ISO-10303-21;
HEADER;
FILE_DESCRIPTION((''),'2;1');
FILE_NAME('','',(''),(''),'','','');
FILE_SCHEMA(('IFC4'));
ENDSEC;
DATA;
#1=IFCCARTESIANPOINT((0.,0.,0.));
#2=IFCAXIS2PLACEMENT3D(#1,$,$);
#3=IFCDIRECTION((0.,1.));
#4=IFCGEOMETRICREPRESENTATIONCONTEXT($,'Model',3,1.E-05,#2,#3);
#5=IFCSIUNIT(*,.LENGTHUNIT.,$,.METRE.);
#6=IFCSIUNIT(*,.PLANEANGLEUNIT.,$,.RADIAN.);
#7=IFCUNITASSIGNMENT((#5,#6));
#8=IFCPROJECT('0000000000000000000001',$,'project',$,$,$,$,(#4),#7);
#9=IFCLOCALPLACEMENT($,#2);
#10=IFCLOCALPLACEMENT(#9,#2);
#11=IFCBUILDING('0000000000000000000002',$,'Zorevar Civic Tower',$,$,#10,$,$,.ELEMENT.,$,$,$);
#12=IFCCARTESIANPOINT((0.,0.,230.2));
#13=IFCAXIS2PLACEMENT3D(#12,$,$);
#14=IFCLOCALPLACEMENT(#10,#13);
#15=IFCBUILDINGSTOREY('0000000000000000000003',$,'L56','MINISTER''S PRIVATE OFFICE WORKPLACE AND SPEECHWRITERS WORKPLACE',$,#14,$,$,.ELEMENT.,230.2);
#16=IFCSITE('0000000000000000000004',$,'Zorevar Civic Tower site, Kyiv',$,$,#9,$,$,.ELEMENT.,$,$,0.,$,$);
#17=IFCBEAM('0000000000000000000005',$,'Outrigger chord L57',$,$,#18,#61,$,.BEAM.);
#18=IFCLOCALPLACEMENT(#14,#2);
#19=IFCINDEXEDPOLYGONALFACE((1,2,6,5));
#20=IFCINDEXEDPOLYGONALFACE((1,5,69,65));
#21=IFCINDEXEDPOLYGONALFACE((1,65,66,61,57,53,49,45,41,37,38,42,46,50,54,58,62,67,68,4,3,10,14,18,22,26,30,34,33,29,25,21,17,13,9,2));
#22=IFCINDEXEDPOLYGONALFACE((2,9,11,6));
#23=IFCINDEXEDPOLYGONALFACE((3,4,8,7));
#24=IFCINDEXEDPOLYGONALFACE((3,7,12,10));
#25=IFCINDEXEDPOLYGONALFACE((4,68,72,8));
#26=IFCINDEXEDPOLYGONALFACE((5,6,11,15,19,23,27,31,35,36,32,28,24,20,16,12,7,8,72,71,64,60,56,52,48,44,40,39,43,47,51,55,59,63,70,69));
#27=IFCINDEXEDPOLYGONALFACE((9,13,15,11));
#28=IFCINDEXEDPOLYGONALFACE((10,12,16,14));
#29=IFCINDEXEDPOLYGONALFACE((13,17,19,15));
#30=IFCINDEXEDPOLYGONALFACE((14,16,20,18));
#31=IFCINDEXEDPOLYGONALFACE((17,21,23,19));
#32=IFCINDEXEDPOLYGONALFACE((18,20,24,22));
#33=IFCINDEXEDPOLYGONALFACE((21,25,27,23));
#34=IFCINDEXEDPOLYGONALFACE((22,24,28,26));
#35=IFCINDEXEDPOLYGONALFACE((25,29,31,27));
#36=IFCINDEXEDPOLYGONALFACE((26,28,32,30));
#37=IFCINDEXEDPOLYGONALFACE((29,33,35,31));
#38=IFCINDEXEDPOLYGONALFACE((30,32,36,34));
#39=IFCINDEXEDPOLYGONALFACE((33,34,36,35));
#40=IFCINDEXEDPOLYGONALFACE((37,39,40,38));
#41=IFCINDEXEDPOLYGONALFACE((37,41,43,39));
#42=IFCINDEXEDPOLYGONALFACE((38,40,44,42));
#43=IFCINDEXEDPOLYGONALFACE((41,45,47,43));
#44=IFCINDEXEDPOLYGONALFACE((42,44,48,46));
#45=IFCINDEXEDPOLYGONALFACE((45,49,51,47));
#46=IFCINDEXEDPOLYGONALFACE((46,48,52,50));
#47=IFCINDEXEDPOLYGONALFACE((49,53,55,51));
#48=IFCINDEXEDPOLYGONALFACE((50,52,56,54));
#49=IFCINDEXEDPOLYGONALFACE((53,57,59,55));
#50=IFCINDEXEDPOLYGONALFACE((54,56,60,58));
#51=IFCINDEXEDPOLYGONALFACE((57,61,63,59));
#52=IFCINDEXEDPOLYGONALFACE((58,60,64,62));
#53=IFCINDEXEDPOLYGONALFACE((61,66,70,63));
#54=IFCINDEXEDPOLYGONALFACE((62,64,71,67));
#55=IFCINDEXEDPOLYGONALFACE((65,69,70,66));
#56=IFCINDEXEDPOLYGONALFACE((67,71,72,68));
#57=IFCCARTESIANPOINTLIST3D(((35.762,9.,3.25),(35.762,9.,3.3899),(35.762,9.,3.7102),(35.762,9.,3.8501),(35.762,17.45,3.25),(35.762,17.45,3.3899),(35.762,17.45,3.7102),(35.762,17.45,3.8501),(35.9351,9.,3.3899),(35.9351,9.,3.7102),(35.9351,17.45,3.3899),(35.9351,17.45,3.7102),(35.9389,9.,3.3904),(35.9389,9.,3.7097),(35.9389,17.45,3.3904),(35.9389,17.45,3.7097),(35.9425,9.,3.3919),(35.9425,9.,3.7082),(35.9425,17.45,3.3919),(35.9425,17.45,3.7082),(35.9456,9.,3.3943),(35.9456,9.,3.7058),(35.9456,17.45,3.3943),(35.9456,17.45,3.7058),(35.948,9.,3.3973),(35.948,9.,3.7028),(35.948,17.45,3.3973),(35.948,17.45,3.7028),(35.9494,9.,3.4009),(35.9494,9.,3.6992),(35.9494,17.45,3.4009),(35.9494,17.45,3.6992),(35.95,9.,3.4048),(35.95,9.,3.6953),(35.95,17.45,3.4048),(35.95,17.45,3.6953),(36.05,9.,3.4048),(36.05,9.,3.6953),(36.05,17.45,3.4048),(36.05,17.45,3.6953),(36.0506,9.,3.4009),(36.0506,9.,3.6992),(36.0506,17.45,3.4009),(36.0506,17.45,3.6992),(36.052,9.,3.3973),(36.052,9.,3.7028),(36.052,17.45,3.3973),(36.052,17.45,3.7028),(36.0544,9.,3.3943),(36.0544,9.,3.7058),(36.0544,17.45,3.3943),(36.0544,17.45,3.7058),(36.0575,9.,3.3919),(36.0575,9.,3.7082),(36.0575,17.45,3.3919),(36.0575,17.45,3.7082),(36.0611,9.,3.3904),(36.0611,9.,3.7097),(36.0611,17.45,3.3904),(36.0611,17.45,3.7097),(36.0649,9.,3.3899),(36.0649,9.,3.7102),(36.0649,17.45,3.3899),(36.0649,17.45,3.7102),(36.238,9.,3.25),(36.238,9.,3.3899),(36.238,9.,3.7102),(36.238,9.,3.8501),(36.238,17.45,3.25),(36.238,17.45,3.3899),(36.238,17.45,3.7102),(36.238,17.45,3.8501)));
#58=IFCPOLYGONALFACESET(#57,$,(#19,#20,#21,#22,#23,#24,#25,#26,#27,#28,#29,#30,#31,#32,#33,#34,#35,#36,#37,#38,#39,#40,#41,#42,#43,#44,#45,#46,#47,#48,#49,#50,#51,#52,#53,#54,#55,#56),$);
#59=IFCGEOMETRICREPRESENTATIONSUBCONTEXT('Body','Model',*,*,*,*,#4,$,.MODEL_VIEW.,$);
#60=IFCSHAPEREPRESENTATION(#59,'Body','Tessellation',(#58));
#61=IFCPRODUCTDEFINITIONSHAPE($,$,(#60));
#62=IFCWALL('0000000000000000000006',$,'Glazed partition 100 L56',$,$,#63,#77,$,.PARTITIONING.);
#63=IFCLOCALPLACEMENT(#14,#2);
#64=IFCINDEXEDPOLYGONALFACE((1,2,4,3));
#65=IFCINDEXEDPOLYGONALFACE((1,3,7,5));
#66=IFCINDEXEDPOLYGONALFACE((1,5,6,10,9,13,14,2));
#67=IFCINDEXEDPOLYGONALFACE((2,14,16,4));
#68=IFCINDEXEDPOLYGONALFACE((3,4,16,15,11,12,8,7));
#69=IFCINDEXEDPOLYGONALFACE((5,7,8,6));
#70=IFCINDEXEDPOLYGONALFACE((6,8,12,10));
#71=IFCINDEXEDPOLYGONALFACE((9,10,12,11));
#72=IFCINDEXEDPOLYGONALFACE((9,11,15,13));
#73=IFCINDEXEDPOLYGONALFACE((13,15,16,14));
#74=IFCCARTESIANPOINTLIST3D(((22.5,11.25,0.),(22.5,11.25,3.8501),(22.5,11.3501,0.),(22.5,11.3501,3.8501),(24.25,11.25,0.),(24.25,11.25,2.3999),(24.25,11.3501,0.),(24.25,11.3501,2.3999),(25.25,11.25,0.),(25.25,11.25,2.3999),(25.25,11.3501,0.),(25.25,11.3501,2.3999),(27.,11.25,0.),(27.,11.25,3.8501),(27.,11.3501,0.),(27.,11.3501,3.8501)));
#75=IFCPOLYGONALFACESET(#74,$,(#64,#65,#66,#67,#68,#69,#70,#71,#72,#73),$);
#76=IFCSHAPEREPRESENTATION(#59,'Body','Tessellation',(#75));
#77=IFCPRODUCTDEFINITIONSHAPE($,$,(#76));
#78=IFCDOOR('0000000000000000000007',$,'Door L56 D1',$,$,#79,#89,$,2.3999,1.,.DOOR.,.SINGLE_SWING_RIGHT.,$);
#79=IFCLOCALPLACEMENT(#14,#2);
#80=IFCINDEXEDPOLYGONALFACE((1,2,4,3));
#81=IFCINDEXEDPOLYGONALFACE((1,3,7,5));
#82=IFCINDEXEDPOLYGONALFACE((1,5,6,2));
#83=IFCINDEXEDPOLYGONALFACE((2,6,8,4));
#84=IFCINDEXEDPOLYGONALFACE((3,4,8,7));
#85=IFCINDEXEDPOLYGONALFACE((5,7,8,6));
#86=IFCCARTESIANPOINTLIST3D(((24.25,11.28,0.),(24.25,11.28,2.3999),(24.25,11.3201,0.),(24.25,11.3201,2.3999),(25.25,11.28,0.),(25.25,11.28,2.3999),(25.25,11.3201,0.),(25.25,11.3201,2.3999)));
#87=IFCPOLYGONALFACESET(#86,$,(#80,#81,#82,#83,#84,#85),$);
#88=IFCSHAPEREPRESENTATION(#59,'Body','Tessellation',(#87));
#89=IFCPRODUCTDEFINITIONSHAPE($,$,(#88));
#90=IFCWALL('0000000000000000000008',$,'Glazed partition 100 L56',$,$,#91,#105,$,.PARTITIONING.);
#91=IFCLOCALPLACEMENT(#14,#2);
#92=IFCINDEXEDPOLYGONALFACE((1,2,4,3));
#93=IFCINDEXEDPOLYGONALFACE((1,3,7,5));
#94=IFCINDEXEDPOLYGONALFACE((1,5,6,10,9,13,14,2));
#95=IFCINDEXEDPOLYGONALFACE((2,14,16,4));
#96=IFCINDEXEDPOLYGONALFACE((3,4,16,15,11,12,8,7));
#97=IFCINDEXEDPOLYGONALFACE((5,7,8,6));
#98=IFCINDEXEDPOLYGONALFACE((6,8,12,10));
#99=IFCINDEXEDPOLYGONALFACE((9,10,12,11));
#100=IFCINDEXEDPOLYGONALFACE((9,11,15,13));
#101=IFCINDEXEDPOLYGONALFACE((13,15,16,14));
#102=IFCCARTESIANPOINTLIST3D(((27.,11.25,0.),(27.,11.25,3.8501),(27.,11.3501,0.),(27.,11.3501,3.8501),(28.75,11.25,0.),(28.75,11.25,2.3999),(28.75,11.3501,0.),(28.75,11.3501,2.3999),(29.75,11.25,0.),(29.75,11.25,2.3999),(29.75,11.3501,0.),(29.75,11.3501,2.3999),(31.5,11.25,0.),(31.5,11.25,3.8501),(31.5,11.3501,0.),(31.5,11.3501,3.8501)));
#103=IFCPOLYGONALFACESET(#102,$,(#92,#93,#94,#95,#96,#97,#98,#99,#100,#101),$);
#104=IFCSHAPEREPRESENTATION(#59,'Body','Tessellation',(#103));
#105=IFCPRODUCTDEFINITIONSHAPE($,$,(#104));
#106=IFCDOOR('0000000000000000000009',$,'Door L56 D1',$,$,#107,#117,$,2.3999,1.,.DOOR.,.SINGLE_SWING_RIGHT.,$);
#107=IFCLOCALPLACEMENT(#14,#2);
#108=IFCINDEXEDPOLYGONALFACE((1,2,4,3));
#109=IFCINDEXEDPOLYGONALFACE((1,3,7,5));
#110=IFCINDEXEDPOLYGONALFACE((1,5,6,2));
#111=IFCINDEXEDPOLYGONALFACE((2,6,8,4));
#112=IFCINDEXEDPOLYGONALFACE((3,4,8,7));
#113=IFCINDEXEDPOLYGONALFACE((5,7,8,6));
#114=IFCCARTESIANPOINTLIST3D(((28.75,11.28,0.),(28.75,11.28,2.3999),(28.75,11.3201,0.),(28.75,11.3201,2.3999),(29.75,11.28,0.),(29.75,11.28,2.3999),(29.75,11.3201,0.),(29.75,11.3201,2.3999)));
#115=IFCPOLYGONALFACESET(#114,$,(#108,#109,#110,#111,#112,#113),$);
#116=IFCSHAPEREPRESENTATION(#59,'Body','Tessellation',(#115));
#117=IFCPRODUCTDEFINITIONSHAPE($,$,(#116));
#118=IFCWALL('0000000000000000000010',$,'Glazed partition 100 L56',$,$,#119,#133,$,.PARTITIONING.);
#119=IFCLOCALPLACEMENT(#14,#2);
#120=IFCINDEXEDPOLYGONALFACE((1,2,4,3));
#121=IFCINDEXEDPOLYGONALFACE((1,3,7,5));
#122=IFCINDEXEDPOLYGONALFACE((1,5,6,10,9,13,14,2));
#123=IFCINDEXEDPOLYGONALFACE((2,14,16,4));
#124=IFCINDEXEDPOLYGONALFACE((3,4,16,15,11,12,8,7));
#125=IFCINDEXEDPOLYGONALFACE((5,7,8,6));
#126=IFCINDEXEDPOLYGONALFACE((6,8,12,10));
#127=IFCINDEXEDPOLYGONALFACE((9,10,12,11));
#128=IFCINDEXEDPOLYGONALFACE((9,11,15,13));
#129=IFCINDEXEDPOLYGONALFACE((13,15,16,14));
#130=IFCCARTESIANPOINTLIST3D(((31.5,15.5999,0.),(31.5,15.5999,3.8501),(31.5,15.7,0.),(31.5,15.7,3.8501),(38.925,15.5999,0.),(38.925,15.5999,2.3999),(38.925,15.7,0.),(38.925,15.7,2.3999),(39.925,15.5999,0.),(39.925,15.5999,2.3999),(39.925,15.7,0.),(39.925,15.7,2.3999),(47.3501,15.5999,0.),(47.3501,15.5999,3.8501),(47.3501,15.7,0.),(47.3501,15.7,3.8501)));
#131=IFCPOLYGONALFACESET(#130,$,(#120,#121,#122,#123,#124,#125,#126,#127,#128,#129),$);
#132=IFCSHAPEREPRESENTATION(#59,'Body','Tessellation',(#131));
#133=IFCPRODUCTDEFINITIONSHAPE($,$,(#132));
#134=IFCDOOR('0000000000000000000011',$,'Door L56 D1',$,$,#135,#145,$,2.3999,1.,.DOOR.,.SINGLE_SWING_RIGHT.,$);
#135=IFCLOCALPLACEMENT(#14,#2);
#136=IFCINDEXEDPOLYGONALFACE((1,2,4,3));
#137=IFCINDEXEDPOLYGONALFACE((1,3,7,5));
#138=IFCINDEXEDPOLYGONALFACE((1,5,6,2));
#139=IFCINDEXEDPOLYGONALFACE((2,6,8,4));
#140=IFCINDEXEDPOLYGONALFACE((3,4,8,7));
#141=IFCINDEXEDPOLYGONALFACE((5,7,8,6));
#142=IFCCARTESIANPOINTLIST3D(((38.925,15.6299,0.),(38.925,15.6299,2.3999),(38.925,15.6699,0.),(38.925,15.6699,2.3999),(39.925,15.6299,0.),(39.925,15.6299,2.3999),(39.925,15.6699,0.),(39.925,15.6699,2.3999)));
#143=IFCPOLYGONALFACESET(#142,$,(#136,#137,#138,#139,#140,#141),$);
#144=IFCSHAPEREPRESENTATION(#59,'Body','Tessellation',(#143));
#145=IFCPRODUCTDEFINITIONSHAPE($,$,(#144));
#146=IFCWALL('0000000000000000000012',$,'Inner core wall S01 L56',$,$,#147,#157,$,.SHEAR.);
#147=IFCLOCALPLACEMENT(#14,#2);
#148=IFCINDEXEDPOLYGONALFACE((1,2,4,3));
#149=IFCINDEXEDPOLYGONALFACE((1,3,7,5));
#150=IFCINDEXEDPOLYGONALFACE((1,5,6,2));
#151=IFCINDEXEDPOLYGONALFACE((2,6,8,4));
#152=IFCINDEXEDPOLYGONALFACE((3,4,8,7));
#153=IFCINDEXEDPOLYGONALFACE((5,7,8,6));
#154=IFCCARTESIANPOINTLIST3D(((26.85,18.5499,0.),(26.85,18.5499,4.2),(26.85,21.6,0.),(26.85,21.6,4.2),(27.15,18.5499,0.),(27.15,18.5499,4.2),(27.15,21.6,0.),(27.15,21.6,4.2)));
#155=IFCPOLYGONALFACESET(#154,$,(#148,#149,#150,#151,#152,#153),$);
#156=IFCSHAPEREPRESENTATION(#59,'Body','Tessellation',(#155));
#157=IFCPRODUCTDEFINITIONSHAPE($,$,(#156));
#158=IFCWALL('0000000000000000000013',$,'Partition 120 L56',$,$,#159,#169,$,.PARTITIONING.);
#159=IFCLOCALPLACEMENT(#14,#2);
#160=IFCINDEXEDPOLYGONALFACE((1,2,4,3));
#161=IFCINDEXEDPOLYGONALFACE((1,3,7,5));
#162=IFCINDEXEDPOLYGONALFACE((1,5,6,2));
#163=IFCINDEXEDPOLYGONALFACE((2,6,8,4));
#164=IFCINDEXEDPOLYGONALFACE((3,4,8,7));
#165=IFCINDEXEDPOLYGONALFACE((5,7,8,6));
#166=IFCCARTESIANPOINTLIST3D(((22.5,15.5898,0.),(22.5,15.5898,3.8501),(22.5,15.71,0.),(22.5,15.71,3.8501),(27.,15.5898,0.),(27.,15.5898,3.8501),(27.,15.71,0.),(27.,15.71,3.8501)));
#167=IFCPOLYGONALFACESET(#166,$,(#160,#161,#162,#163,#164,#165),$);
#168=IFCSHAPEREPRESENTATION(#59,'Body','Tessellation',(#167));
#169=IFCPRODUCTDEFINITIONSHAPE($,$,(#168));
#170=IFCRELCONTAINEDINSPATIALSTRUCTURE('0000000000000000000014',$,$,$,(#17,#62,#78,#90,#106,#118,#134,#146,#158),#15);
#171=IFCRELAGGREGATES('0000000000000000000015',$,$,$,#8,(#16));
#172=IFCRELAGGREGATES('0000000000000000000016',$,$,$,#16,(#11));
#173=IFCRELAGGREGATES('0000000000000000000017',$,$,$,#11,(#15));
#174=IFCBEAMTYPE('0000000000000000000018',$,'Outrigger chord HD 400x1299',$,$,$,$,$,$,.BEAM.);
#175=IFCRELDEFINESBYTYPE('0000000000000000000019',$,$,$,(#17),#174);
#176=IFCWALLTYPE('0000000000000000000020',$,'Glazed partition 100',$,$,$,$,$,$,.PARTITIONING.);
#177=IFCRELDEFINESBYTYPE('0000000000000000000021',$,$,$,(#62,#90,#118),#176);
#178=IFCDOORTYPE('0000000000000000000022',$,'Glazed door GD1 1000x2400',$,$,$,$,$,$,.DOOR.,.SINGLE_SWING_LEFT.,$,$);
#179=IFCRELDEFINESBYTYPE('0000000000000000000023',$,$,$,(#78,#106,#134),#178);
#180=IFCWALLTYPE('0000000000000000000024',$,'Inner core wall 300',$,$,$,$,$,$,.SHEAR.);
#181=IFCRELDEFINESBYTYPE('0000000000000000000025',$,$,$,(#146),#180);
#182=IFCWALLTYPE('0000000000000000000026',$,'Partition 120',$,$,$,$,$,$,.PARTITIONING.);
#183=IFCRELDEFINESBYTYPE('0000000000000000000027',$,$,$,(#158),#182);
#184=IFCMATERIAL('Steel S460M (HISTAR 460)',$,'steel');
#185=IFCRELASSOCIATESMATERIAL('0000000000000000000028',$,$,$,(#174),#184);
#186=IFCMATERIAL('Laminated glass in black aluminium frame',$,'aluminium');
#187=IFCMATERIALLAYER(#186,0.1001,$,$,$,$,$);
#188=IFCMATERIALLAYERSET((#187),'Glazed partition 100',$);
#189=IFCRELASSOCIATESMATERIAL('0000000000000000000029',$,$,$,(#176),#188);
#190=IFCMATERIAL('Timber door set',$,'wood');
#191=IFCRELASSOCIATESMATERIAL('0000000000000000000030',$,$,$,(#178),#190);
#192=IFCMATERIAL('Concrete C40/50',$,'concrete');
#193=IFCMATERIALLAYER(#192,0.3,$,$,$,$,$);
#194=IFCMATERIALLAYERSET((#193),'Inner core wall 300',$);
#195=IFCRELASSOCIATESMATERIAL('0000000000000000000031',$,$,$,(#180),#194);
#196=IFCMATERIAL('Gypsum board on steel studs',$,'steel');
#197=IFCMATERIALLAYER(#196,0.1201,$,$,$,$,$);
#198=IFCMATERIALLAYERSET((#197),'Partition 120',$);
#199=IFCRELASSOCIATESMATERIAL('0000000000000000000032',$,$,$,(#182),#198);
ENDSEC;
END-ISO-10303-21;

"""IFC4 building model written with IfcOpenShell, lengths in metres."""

from ifc_helpers import new_model, si_unit, direction, frame, frame_2d, origin, origin_2d, place, context, subcontext, project, spatial, rectangle, i_section, extrude, material, layer, layer_set, material_profile, profile_set, type_object, element, fill, save


model = new_model("IFC4")

# Units and contexts
model_context = context("Model", 3, precision=1e-05, world=origin(), true_north=direction((0.0, 1.0)))
body_context = subcontext(model_context, "Body", "Model", "MODEL_VIEW")
ifc_project = project(units=[si_unit("LENGTHUNIT", "METRE"), si_unit("PLANEANGLEUNIT", "RADIAN")], contexts=[model_context])

# Site, building, storey
site_placement = place(None, origin())
site = spatial("IfcSite", under=ifc_project, at=site_placement, Name="Zorevar Civic Tower site, Kyiv", CompositionType="ELEMENT", RefElevation=0.0)
building_placement = place(site_placement, origin())
building = spatial("IfcBuilding", under=site, at=building_placement, Name="Zorevar Civic Tower", CompositionType="ELEMENT")
storey_placement = place(building_placement, frame((0.0, 0.0, 230.2)))
storey = spatial("IfcBuildingStorey", under=building, at=storey_placement, Name="L56", Description="MINISTER'S PRIVATE OFFICE WORKPLACE AND SPEECHWRITERS WORKPLACE", CompositionType="ELEMENT", Elevation=230.2)

# Beam
ifc_material_1 = material(Name="Steel S460M (HISTAR 460)", Category="steel")
ifc_material_profile_1 = material_profile(ifc_material_1, i_section(OverallWidth=0.4761, OverallDepth=0.6001, WebThickness=0.1001, FlangeThickness=0.1399, FilletRadius=0.0149, at=origin_2d()), Name="HD 400x1299")
ifc_profile_set_1 = profile_set([ifc_material_profile_1], Name="Steel S460M (HISTAR 460)")
beam_type_1 = type_object("IfcBeamType", Name="Outrigger chord HD 400x1299", PredefinedType="BEAM", material=ifc_profile_set_1)
for number, where, z_axis, x_axis, name in (
    (1, (36.0, 9.0, 3.55), (0.0, 1.0, 0.0), (-1.0, 0.0, 0.0), "Outrigger chord L57"),
):
    element("IfcBeam", number, at=place(storey_placement, frame(where, z_axis=z_axis, x_axis=x_axis)), inside=storey, type_object=beam_type_1, Name=name, PredefinedType="BEAM", context=body_context, shape_type="SweptSolid", body=[
        extrude(i_section(OverallWidth=0.4761, OverallDepth=0.6001, WebThickness=0.1001, FlangeThickness=0.1399, FilletRadius=0.0149, at=origin_2d()), origin(), (0.0, 0.0, 1.0), 8.45),
    ])

# Walls, openings, doors
ifc_material_2 = material(Name="Laminated glass in black aluminium frame", Category="aluminium")
ifc_layer_1 = layer(ifc_material_2, 0.1001)
ifc_layer_set_1 = layer_set([ifc_layer_1], Name="Glazed partition 100")
wall_type_1 = type_object("IfcWallType", Name="Glazed partition 100", PredefinedType="PARTITIONING", material=ifc_layer_set_1)
wall_1_placement = place(storey_placement, frame((22.5, 11.3, 0.0), z_axis=(0.0, 0.0, 1.0), x_axis=(1.0, 0.0, 0.0)))
wall_1 = element("IfcWall", 2, at=wall_1_placement, inside=storey, type_object=wall_type_1, Name="Glazed partition 100 L56", PredefinedType="PARTITIONING", context=body_context, shape_type="SweptSolid", body=[
    extrude(rectangle(XDim=4.5, YDim=0.1001, at=frame_2d((2.25, 0.0))), origin(), (0.0, 0.0, 1.0), 3.8501),
])
opening_1_placement = place(wall_1_placement, frame((1.75, 0.0, 0.0)))
opening_1 = element("IfcOpeningElement", 3, at=opening_1_placement, cuts=wall_1, PredefinedType="OPENING", context=body_context, shape_type="SweptSolid", body=[
    extrude(rectangle(XDim=1.0, YDim=2.3999, at=frame_2d((0.5, 1.2))), frame((0.0, 0.0601, 0.0), z_axis=(0.0, -1.0, 0.0), x_axis=(1.0, 0.0, 0.0)), (0.0, 0.0, 1.0), 0.1201),
])
ifc_material_3 = material(Name="Timber door set", Category="wood")
door_type = type_object("IfcDoorType", Name="Glazed door GD1 1000x2400", OperationType="SINGLE_SWING_LEFT", PredefinedType="DOOR", material=ifc_material_3)
door_1_placement = place(opening_1_placement, origin())
door_1 = element("IfcDoor", 4, at=door_1_placement, inside=storey, type_object=door_type, Name="Door L56 D1", OperationType="SINGLE_SWING_RIGHT", OverallHeight=2.3999, OverallWidth=1.0, PredefinedType="DOOR", context=body_context, shape_type="SweptSolid", body=[
    extrude(rectangle(XDim=1.0, YDim=2.3999, at=frame_2d((0.5, 1.2))), frame((0.0, 0.02, 0.0), z_axis=(0.0, -1.0, 0.0), x_axis=(1.0, 0.0, 0.0)), (0.0, 0.0, 1.0), 0.04),
])
fill(opening_1, door_1)
wall_2_placement = place(storey_placement, frame((27.0, 11.3, 0.0), z_axis=(0.0, 0.0, 1.0), x_axis=(1.0, 0.0, 0.0)))
wall_2 = element("IfcWall", 5, at=wall_2_placement, inside=storey, type_object=wall_type_1, Name="Glazed partition 100 L56", PredefinedType="PARTITIONING", context=body_context, shape_type="SweptSolid", body=[
    extrude(rectangle(XDim=4.5, YDim=0.1001, at=frame_2d((2.25, 0.0))), origin(), (0.0, 0.0, 1.0), 3.8501),
])
opening_2_placement = place(wall_2_placement, frame((1.75, 0.0, 0.0)))
opening_2 = element("IfcOpeningElement", 6, at=opening_2_placement, cuts=wall_2, PredefinedType="OPENING", context=body_context, shape_type="SweptSolid", body=[
    extrude(rectangle(XDim=1.0, YDim=2.3999, at=frame_2d((0.5, 1.2))), frame((0.0, 0.0601, 0.0), z_axis=(0.0, -1.0, 0.0), x_axis=(1.0, 0.0, 0.0)), (0.0, 0.0, 1.0), 0.1201),
])
door_2_placement = place(opening_2_placement, origin())
door_2 = element("IfcDoor", 7, at=door_2_placement, inside=storey, type_object=door_type, Name="Door L56 D1", OperationType="SINGLE_SWING_RIGHT", OverallHeight=2.3999, OverallWidth=1.0, PredefinedType="DOOR", context=body_context, shape_type="SweptSolid", body=[
    extrude(rectangle(XDim=1.0, YDim=2.3999, at=frame_2d((0.5, 1.2))), frame((0.0, 0.02, 0.0), z_axis=(0.0, -1.0, 0.0), x_axis=(1.0, 0.0, 0.0)), (0.0, 0.0, 1.0), 0.04),
])
fill(opening_2, door_2)
wall_3_placement = place(storey_placement, frame((31.5, 15.6499, 0.0), z_axis=(0.0, 0.0, 1.0), x_axis=(1.0, 0.0, 0.0)))
wall_3 = element("IfcWall", 8, at=wall_3_placement, inside=storey, type_object=wall_type_1, Name="Glazed partition 100 L56", PredefinedType="PARTITIONING", context=body_context, shape_type="SweptSolid", body=[
    extrude(rectangle(XDim=15.8501, YDim=0.1001, at=frame_2d((7.925, 0.0))), origin(), (0.0, 0.0, 1.0), 3.8501),
])
opening_3_placement = place(wall_3_placement, frame((7.425, 0.0, 0.0)))
opening_3 = element("IfcOpeningElement", 9, at=opening_3_placement, cuts=wall_3, PredefinedType="OPENING", context=body_context, shape_type="SweptSolid", body=[
    extrude(rectangle(XDim=1.0, YDim=2.3999, at=frame_2d((0.5, 1.2))), frame((0.0, 0.0601, 0.0), z_axis=(0.0, -1.0, 0.0), x_axis=(1.0, 0.0, 0.0)), (0.0, 0.0, 1.0), 0.1201),
])
door_3_placement = place(opening_3_placement, origin())
door_3 = element("IfcDoor", 10, at=door_3_placement, inside=storey, type_object=door_type, Name="Door L56 D1", OperationType="SINGLE_SWING_RIGHT", OverallHeight=2.3999, OverallWidth=1.0, PredefinedType="DOOR", context=body_context, shape_type="SweptSolid", body=[
    extrude(rectangle(XDim=1.0, YDim=2.3999, at=frame_2d((0.5, 1.2))), frame((0.0, 0.02, 0.0), z_axis=(0.0, -1.0, 0.0), x_axis=(1.0, 0.0, 0.0)), (0.0, 0.0, 1.0), 0.04),
])
fill(opening_3, door_3)

# Walls
ifc_material_4 = material(Name="Concrete C40/50", Category="concrete")
ifc_layer_2 = layer(ifc_material_4, 0.3)
ifc_layer_set_2 = layer_set([ifc_layer_2], Name="Inner core wall 300")
wall_type_2 = type_object("IfcWallType", Name="Inner core wall 300", PredefinedType="SHEAR", material=ifc_layer_set_2)
wall_4_placement = place(storey_placement, frame((27.0, 18.55, 0.0), z_axis=(0.0, 0.0, 1.0), x_axis=(0.0, 1.0, 0.0)))
element("IfcWall", 11, at=wall_4_placement, inside=storey, type_object=wall_type_2, Name="Inner core wall S01 L56", PredefinedType="SHEAR", context=body_context, shape_type="SweptSolid", body=[
    extrude(rectangle(XDim=3.05, YDim=0.3, at=frame_2d((1.5249, 0.0))), origin(), (0.0, 0.0, 1.0), 4.2),
])
ifc_material_5 = material(Name="Gypsum board on steel studs", Category="steel")
ifc_layer_3 = layer(ifc_material_5, 0.1201)
ifc_layer_set_3 = layer_set([ifc_layer_3], Name="Partition 120")
wall_type_3 = type_object("IfcWallType", Name="Partition 120", PredefinedType="PARTITIONING", material=ifc_layer_set_3)
for number, where, z_axis, x_axis, name in (
    (12, (22.5, 15.6499, 0.0), (0.0, 0.0, 1.0), (1.0, 0.0, 0.0), "Partition 120 L56"),
):
    element("IfcWall", number, at=place(storey_placement, frame(where, z_axis=z_axis, x_axis=x_axis)), inside=storey, type_object=wall_type_3, Name=name, PredefinedType="PARTITIONING", context=body_context, shape_type="SweptSolid", body=[
        extrude(rectangle(XDim=4.5, YDim=0.1201, at=frame_2d((2.25, 0.0))), origin(), (0.0, 0.0, 1.0), 3.8501),
    ])

save(model, "model.ifc")
